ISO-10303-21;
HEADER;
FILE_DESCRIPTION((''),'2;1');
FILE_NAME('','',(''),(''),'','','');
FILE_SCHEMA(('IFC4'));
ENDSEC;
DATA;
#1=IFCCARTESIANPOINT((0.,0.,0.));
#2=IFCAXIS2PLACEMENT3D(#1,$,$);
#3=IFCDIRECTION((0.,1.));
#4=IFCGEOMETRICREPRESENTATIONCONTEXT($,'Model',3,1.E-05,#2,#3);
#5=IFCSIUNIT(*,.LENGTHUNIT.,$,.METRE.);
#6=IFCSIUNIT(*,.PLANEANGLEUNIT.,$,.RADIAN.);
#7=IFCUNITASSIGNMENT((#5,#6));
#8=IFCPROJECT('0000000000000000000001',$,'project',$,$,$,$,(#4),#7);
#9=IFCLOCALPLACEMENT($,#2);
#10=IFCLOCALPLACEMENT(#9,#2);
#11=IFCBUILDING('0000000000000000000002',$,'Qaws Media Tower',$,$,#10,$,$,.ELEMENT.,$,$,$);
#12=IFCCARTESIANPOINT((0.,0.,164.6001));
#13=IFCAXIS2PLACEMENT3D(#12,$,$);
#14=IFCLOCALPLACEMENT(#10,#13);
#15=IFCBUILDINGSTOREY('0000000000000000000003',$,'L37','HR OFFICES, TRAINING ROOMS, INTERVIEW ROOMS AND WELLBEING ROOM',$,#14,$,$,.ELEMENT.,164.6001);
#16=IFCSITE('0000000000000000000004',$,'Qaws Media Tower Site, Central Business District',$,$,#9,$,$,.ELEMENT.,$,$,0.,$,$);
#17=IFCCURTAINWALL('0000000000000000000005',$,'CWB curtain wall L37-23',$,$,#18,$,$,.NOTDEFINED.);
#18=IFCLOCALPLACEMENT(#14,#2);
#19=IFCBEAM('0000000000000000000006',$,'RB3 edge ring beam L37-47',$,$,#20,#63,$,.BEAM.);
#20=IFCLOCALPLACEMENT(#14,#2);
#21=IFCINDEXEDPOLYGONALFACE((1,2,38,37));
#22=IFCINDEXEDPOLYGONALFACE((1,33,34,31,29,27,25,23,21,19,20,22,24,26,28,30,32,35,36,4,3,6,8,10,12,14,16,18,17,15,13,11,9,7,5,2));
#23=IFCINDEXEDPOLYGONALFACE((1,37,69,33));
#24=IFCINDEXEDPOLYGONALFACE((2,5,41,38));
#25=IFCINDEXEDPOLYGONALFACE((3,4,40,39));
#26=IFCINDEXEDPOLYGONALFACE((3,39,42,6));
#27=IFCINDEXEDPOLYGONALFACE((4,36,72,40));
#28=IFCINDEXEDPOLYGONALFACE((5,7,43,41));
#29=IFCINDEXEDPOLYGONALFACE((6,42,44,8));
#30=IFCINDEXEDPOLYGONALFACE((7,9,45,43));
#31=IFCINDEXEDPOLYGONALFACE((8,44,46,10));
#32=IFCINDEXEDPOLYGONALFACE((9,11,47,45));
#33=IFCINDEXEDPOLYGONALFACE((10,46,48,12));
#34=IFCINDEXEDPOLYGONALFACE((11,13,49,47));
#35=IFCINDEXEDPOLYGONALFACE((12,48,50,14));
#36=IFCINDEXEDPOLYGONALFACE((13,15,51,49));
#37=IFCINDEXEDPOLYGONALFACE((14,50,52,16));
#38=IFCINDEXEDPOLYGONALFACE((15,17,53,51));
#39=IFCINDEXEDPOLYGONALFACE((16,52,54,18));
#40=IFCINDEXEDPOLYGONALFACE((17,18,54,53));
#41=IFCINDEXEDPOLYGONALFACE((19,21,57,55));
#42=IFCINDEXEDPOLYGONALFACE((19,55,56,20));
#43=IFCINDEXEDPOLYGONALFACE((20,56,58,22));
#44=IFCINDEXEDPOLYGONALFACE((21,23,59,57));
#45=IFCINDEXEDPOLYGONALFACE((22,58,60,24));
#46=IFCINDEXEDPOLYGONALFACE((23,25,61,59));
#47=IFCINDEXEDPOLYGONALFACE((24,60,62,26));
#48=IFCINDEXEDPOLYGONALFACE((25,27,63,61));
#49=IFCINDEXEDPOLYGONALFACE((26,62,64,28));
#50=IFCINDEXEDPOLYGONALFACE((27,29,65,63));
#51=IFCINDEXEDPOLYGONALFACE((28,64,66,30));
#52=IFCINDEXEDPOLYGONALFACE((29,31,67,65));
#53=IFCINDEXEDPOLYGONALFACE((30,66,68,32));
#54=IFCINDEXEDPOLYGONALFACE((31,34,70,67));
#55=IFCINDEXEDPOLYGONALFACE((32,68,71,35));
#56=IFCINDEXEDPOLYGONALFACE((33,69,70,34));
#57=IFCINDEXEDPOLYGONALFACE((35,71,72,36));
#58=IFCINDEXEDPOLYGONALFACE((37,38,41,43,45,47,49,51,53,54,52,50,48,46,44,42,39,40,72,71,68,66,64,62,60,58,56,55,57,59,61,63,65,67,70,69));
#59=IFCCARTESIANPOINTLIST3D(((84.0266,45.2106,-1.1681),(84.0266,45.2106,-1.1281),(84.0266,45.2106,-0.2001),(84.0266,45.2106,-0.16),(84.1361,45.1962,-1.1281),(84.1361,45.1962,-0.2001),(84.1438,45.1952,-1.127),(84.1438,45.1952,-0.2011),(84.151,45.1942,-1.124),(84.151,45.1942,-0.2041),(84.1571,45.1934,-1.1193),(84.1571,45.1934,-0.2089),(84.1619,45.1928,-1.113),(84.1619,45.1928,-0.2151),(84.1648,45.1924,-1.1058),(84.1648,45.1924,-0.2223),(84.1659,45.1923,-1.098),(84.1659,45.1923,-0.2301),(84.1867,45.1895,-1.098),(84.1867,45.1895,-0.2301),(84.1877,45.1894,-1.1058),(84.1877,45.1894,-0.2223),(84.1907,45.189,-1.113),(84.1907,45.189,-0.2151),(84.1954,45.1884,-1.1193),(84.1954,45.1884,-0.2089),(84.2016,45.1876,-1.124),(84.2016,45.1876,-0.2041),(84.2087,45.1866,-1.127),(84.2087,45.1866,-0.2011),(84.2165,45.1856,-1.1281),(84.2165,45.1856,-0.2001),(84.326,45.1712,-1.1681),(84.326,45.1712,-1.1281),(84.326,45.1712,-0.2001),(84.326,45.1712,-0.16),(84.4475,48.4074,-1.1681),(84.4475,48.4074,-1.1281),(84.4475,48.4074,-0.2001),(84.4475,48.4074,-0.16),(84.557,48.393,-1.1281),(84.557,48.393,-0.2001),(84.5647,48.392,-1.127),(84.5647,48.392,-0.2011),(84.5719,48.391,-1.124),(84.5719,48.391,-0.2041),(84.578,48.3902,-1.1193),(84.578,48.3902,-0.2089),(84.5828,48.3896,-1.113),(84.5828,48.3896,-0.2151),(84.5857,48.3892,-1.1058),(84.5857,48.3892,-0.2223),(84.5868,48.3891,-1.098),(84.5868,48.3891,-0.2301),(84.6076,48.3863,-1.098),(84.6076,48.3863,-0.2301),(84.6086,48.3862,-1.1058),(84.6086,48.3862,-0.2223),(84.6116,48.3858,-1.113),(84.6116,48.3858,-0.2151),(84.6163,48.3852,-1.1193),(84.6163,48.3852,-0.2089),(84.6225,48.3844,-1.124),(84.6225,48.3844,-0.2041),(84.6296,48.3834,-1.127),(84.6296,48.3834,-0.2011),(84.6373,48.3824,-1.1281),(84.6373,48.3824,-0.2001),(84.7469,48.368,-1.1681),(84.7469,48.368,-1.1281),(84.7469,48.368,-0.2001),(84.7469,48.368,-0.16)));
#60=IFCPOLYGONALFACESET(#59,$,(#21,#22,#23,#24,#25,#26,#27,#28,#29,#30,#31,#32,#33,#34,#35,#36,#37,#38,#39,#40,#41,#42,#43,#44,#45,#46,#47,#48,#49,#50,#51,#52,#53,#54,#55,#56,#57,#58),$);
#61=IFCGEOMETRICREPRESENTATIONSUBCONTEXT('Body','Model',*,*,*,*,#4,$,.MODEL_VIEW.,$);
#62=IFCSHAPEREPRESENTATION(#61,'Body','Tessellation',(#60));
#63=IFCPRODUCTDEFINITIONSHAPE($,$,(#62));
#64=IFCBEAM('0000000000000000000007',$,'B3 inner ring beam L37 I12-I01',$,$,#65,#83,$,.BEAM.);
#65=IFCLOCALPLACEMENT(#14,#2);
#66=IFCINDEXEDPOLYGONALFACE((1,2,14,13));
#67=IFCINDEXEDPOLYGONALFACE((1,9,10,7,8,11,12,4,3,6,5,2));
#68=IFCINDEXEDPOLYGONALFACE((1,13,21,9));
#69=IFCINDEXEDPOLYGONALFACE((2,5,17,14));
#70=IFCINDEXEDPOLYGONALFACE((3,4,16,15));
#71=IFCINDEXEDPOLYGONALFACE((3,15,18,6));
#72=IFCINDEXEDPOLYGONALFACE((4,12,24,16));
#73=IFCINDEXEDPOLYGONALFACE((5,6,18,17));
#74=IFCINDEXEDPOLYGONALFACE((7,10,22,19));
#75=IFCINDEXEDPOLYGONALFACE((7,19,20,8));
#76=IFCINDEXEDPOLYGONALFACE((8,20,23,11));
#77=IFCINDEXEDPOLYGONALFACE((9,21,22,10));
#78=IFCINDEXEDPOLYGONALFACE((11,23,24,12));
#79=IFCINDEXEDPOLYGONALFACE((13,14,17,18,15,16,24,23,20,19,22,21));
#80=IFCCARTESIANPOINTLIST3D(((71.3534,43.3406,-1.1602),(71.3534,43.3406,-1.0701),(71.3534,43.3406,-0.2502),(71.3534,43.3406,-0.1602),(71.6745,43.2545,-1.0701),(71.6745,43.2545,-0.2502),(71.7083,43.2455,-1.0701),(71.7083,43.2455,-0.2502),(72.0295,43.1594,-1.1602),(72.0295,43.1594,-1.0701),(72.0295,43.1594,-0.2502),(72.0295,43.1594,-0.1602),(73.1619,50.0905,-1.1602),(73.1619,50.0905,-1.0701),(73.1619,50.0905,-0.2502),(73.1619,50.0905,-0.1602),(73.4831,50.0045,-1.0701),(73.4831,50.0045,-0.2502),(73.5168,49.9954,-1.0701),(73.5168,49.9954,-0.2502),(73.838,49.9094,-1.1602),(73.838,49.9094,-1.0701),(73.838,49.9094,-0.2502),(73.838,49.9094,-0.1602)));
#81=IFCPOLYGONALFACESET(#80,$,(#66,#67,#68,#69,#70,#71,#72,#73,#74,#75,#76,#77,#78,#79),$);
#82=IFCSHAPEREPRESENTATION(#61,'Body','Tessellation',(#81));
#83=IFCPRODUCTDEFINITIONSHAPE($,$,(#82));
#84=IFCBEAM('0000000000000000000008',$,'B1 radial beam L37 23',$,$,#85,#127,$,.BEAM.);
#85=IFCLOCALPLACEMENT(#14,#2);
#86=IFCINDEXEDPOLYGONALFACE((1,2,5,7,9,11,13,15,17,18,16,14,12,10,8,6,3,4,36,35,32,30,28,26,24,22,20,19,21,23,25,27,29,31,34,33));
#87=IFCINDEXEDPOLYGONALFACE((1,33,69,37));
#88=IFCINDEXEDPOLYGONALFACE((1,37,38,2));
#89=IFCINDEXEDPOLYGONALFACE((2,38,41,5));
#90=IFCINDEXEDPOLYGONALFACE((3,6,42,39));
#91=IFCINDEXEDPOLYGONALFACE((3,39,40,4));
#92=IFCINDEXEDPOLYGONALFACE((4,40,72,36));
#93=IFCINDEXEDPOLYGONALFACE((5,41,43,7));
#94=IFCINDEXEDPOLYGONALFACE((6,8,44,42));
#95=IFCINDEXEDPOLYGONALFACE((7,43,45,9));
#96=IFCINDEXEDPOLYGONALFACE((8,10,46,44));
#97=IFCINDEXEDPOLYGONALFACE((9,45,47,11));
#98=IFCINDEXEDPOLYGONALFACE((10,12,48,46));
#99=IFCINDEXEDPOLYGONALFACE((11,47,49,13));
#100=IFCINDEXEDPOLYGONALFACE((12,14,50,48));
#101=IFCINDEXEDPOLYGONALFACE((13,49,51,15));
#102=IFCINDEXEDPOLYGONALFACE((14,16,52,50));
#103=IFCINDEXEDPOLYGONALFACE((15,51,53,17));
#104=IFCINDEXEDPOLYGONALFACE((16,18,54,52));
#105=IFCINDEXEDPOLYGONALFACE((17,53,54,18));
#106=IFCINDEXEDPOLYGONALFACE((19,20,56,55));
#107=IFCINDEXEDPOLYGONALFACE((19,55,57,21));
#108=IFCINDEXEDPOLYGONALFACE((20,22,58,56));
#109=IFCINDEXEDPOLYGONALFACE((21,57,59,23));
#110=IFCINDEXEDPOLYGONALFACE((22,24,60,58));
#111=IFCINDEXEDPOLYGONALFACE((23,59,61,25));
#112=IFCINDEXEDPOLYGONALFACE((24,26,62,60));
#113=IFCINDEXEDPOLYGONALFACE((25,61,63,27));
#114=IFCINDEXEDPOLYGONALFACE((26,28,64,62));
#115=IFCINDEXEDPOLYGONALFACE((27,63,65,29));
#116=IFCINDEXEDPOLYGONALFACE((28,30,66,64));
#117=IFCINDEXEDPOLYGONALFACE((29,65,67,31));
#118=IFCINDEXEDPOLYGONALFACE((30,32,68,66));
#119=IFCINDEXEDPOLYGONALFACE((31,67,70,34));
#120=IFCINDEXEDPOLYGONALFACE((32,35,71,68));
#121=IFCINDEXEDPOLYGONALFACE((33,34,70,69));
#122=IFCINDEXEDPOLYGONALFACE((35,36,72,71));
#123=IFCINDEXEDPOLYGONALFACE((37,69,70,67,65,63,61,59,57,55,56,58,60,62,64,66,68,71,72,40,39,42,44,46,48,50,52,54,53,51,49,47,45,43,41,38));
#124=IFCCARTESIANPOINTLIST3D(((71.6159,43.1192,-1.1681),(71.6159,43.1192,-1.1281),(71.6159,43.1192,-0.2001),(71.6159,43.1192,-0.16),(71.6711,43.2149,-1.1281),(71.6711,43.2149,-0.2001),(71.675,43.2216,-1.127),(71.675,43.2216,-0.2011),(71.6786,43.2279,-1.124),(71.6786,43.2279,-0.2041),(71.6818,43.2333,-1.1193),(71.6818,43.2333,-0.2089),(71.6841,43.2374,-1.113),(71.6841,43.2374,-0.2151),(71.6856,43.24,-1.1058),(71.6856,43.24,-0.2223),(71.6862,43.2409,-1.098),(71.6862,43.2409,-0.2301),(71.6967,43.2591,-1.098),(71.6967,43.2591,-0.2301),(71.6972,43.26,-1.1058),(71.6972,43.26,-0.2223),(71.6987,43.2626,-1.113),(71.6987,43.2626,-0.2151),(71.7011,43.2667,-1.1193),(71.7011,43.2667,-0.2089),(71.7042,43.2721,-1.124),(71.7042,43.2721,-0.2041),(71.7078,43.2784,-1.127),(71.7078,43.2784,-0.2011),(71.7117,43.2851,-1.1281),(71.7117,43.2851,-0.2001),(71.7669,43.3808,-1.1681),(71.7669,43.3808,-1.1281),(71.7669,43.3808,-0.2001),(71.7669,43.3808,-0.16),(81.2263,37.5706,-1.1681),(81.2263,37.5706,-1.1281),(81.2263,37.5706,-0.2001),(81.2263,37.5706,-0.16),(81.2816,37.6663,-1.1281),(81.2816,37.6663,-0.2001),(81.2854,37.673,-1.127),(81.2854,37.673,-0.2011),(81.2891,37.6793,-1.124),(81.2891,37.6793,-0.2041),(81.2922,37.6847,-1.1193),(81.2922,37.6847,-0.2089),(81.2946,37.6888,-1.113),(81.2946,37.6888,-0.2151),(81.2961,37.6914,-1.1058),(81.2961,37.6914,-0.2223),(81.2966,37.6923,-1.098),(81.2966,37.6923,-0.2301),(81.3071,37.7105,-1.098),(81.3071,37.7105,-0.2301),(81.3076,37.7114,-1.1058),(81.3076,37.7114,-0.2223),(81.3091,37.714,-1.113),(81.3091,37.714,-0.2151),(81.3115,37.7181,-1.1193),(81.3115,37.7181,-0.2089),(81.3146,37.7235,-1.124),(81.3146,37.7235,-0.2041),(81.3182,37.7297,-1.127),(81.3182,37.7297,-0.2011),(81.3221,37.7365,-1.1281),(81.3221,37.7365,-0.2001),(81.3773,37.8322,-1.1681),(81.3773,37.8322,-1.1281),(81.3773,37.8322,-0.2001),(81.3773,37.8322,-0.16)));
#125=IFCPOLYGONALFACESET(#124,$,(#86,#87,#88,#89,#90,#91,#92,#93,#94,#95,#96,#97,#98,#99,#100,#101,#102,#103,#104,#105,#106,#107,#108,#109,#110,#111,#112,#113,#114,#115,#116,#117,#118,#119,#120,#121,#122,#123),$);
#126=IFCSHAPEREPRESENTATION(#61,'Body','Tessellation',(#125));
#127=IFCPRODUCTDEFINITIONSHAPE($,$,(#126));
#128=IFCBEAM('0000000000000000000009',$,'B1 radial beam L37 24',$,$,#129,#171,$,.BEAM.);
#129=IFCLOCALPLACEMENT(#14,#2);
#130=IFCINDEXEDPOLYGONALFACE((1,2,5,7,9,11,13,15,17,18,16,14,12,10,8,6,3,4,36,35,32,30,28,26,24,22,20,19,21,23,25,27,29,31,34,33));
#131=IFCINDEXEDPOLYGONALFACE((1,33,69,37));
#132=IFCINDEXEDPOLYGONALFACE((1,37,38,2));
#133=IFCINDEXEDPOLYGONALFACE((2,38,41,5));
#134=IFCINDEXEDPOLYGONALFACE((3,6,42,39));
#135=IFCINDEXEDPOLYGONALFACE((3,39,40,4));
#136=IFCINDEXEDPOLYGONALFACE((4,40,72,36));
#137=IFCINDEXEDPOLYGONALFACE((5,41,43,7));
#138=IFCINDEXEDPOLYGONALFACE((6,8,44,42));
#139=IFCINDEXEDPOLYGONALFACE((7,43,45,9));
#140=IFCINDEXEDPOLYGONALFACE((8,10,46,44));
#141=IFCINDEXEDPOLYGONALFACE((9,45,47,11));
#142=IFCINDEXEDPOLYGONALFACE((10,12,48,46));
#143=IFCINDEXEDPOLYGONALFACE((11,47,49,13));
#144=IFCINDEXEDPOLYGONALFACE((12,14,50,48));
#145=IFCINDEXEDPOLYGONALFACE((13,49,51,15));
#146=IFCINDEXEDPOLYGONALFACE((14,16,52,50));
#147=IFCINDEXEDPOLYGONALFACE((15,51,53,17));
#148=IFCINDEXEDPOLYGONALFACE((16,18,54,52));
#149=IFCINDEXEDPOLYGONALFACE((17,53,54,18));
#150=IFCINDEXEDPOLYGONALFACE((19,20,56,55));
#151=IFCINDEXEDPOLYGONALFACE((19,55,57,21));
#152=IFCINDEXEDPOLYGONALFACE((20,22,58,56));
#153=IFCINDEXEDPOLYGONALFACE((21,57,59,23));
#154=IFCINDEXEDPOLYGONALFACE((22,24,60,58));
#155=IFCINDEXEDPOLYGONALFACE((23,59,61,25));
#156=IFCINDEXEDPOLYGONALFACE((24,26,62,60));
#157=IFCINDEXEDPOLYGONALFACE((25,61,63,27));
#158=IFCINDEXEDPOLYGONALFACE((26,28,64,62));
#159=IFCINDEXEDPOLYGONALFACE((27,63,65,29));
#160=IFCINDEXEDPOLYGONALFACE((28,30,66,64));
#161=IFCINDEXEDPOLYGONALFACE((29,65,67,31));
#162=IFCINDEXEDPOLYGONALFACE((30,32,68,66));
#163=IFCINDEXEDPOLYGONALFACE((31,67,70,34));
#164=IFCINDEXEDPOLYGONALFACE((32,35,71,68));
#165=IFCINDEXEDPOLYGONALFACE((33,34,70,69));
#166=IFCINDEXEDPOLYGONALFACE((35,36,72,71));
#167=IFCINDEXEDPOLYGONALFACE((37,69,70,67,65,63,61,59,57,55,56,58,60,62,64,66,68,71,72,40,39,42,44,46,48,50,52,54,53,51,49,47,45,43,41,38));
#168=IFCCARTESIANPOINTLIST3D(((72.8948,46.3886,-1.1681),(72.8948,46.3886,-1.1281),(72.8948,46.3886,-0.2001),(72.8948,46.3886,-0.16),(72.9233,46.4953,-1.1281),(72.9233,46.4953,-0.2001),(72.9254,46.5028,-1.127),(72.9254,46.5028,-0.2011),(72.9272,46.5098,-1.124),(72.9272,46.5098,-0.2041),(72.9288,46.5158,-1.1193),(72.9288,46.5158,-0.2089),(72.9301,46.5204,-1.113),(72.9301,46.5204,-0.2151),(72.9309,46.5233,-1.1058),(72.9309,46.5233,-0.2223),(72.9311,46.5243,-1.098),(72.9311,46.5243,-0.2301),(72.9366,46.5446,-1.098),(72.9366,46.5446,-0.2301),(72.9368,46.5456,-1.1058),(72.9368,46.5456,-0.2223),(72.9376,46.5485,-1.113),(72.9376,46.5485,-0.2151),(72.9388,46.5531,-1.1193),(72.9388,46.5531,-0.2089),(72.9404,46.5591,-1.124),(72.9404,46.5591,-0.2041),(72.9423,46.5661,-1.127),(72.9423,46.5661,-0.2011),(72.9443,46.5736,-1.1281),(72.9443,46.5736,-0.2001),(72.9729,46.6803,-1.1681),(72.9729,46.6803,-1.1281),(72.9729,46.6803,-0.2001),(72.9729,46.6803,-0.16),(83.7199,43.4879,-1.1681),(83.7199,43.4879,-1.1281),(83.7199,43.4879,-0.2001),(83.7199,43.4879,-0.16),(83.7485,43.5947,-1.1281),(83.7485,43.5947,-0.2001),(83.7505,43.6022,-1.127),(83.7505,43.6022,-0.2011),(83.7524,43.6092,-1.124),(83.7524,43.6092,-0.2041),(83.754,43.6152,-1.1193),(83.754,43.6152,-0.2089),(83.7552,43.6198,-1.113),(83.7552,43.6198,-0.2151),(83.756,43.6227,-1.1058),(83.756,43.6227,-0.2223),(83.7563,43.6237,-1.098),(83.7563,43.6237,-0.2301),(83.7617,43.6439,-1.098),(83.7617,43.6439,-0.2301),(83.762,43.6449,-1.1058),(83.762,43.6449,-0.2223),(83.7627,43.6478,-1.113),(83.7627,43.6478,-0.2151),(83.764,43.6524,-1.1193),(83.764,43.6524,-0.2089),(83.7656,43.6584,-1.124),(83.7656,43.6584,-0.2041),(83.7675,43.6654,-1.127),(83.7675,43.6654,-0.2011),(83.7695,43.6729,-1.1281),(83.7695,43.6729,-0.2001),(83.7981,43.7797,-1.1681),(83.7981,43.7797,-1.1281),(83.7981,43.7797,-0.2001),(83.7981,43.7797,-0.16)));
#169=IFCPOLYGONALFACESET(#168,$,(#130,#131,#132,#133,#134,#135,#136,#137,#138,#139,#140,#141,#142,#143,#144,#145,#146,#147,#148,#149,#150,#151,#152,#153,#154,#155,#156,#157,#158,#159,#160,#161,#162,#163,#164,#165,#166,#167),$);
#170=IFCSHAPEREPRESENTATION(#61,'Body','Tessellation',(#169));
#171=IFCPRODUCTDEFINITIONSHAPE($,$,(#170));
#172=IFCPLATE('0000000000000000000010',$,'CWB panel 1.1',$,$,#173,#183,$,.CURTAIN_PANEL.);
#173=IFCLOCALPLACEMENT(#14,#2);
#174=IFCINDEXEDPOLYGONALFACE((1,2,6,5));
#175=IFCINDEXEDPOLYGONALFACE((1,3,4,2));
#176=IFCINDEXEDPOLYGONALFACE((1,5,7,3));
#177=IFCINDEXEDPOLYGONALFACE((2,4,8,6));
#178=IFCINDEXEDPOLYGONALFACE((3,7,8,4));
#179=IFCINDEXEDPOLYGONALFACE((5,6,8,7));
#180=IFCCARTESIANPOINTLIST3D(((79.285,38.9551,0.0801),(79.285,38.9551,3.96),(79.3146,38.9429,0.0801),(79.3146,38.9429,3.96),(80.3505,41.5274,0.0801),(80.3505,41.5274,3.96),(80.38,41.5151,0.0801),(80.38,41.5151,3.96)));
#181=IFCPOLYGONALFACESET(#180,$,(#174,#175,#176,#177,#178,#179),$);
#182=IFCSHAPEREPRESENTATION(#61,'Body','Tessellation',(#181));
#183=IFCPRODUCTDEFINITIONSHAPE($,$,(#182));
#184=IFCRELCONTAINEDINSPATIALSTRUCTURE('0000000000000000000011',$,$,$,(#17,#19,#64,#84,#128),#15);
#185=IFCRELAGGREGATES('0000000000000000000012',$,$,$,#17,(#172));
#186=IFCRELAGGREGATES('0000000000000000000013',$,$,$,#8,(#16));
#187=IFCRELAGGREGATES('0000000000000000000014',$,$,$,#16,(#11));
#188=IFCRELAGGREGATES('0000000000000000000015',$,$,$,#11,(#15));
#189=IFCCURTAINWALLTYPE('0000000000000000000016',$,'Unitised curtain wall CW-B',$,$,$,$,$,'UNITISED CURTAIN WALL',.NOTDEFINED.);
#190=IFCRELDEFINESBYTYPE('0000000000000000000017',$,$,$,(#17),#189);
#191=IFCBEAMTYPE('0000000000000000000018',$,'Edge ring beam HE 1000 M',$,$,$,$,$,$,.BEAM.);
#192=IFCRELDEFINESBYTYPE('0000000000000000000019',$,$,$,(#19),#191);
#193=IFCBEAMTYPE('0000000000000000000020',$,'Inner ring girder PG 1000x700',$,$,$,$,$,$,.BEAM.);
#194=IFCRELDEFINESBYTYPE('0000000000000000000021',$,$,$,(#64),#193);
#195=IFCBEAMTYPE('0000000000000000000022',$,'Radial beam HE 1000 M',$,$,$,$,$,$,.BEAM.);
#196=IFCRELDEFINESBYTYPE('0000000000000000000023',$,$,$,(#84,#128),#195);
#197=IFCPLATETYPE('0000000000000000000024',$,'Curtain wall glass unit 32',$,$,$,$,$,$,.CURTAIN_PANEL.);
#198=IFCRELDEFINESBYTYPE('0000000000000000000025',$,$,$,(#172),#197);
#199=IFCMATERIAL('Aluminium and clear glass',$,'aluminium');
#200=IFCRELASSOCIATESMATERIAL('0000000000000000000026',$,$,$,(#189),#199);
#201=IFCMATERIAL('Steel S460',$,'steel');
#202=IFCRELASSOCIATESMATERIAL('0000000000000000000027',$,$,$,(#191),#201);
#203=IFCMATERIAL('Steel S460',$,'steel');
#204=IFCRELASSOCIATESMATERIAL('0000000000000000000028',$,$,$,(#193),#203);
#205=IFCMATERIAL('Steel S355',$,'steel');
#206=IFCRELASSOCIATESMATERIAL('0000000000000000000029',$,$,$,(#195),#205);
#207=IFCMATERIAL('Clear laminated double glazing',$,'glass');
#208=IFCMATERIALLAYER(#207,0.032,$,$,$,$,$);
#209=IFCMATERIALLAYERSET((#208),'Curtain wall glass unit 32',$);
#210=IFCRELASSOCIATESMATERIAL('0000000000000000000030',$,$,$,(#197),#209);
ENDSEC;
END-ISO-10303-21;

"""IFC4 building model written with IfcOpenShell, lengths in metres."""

from ifc_helpers import new_model, si_unit, direction, frame, origin, origin_2d, place, context, subcontext, project, spatial, rectangle, i_section, extrude, material, layer, layer_set, material_profile, profile_set, type_object, element, aggregate, save


model = new_model("IFC4")

# Units and contexts
model_context = context("Model", 3, precision=1e-05, world=origin(), true_north=direction((0.0, 1.0)))
body_context = subcontext(model_context, "Body", "Model", "MODEL_VIEW")
ifc_project = project(units=[si_unit("LENGTHUNIT", "METRE"), si_unit("PLANEANGLEUNIT", "RADIAN")], contexts=[model_context])

# Site, building, storey
site_placement = place(None, origin())
site = spatial("IfcSite", under=ifc_project, at=site_placement, Name="Qaws Media Tower Site, Central Business District", CompositionType="ELEMENT", RefElevation=0.0)
building_placement = place(site_placement, origin())
building = spatial("IfcBuilding", under=site, at=building_placement, Name="Qaws Media Tower", CompositionType="ELEMENT")
storey_placement = place(building_placement, frame((0.0, 0.0, 164.6001)))
storey = spatial("IfcBuildingStorey", under=building, at=storey_placement, Name="L37", Description="HR OFFICES, TRAINING ROOMS, INTERVIEW ROOMS AND WELLBEING ROOM", CompositionType="ELEMENT", Elevation=164.6001)

# Curtain wall
ifc_material_1 = material(Name="Aluminium and clear glass", Category="aluminium")
curtain_wall_type = type_object("IfcCurtainWallType", Name="Unitised curtain wall CW-B", ElementType="UNITISED CURTAIN WALL", PredefinedType="NOTDEFINED", material=ifc_material_1)
curtain_wall_1_placement = place(storey_placement, origin())
curtain_wall_1 = element("IfcCurtainWall", 1, at=curtain_wall_1_placement, inside=storey, type_object=curtain_wall_type, Name="CWB curtain wall L37-23", PredefinedType="NOTDEFINED")

# Beams
ifc_material_2 = material(Name="Steel S460", Category="steel")
ifc_material_profile_1 = material_profile(ifc_material_2, i_section(OverallWidth=0.302, OverallDepth=1.0081, WebThickness=0.021, FlangeThickness=0.04, FilletRadius=0.03, at=origin_2d()), Name="HE 1000 M")
ifc_profile_set_1 = profile_set([ifc_material_profile_1], Name="Steel S460")
beam_type_1 = type_object("IfcBeamType", Name="Edge ring beam HE 1000 M", PredefinedType="BEAM", material=ifc_profile_set_1)
for number, where, z_axis, x_axis, name in (
    (2, (84.1763, 45.1909, -0.6641), (0.130537, 0.991443, 0.0), (-0.991443, 0.130537, 0.0), "RB3 edge ring beam L37-47"),
):
    element("IfcBeam", number, at=place(storey_placement, frame(where, z_axis=z_axis, x_axis=x_axis)), inside=storey, type_object=beam_type_1, Name=name, PredefinedType="BEAM", context=body_context, shape_type="SweptSolid", body=[
        extrude(i_section(OverallWidth=0.302, OverallDepth=1.0081, WebThickness=0.021, FlangeThickness=0.04, FilletRadius=0.03, at=origin_2d()), origin(), (0.0, 0.0, 1.0), 3.2244),
    ])
ifc_material_3 = material(Name="Steel S460", Category="steel")
ifc_material_profile_2 = material_profile(ifc_material_3, i_section(OverallWidth=0.7, OverallDepth=1.0, WebThickness=0.0349, FlangeThickness=0.0901, at=origin_2d()), Name="PG 1000x700")
ifc_profile_set_2 = profile_set([ifc_material_profile_2], Name="Steel S460")
beam_type_2 = type_object("IfcBeamType", Name="Inner ring girder PG 1000x700", PredefinedType="BEAM", material=ifc_profile_set_2)
beam_1_placement = place(storey_placement, frame((71.6914, 43.25, -0.6602), z_axis=(0.258811, 0.965928, 0.0), x_axis=(-0.965928, 0.258811, 0.0)))
element("IfcBeam", 3, at=beam_1_placement, inside=storey, type_object=beam_type_2, Name="B3 inner ring beam L37 I12-I01", PredefinedType="BEAM", context=body_context, shape_type="SweptSolid", body=[
    extrude(i_section(OverallWidth=0.7, OverallDepth=1.0, WebThickness=0.0349, FlangeThickness=0.0901, at=origin_2d()), origin(), (0.0, 0.0, 1.0), 6.988),
])
ifc_material_4 = material(Name="Steel S355", Category="steel")
ifc_material_profile_3 = material_profile(ifc_material_4, i_section(OverallWidth=0.302, OverallDepth=1.0081, WebThickness=0.021, FlangeThickness=0.04, FilletRadius=0.03, at=origin_2d()), Name="HE 1000 M")
ifc_profile_set_3 = profile_set([ifc_material_profile_3], Name="Steel S355")
beam_type_3 = type_object("IfcBeamType", Name="Radial beam HE 1000 M", PredefinedType="BEAM", material=ifc_profile_set_3)
beam_2_placement = place(storey_placement, frame((71.6914, 43.25, -0.6641), z_axis=(0.866024, -0.500003, 0.0), x_axis=(0.500003, 0.866024, 0.0)))
element("IfcBeam", 4, at=beam_2_placement, inside=storey, type_object=beam_type_3, Name="B1 radial beam L37 23", PredefinedType="BEAM", context=body_context, shape_type="SweptSolid", body=[
    extrude(i_section(OverallWidth=0.302, OverallDepth=1.0081, WebThickness=0.021, FlangeThickness=0.04, FilletRadius=0.03, at=origin_2d()), origin(), (0.0, 0.0, 1.0), 11.0972),
])
beam_3_placement = place(storey_placement, frame((72.9338, 46.5344, -0.6641), z_axis=(0.965925, -0.258822, 0.0), x_axis=(0.258822, 0.965925, 0.0)))
element("IfcBeam", 5, at=beam_3_placement, inside=storey, type_object=beam_type_3, Name="B1 radial beam L37 24", PredefinedType="BEAM", context=body_context, shape_type="SweptSolid", body=[
    extrude(i_section(OverallWidth=0.302, OverallDepth=1.0081, WebThickness=0.021, FlangeThickness=0.04, FilletRadius=0.03, at=origin_2d()), origin(), (0.0, 0.0, 1.0), 11.207),
])

# Plate
ifc_material_5 = material(Name="Clear laminated double glazing", Category="glass")
ifc_layer_1 = layer(ifc_material_5, 0.032)
ifc_layer_set_1 = layer_set([ifc_layer_1], Name="Curtain wall glass unit 32")
plate_type_1 = type_object("IfcPlateType", Name="Curtain wall glass unit 32", PredefinedType="CURTAIN_PANEL", material=ifc_layer_set_1)
plate_1_placement = place(storey_placement, frame((79.8325, 40.2351, 0.0801), z_axis=(0.0, 0.0, 1.0), x_axis=(0.382684, 0.923879, 0.0)))
plate_1 = element("IfcPlate", 6, at=plate_1_placement, type_object=plate_type_1, Name="CWB panel 1.1", PredefinedType="CURTAIN_PANEL", context=body_context, shape_type="SweptSolid", body=[
    extrude(rectangle(XDim=2.7842, YDim=0.032, at=origin_2d()), origin(), (0.0, 0.0, 1.0), 3.8799),
])
aggregate(curtain_wall_1, [plate_1])

save(model, "model.ifc")
